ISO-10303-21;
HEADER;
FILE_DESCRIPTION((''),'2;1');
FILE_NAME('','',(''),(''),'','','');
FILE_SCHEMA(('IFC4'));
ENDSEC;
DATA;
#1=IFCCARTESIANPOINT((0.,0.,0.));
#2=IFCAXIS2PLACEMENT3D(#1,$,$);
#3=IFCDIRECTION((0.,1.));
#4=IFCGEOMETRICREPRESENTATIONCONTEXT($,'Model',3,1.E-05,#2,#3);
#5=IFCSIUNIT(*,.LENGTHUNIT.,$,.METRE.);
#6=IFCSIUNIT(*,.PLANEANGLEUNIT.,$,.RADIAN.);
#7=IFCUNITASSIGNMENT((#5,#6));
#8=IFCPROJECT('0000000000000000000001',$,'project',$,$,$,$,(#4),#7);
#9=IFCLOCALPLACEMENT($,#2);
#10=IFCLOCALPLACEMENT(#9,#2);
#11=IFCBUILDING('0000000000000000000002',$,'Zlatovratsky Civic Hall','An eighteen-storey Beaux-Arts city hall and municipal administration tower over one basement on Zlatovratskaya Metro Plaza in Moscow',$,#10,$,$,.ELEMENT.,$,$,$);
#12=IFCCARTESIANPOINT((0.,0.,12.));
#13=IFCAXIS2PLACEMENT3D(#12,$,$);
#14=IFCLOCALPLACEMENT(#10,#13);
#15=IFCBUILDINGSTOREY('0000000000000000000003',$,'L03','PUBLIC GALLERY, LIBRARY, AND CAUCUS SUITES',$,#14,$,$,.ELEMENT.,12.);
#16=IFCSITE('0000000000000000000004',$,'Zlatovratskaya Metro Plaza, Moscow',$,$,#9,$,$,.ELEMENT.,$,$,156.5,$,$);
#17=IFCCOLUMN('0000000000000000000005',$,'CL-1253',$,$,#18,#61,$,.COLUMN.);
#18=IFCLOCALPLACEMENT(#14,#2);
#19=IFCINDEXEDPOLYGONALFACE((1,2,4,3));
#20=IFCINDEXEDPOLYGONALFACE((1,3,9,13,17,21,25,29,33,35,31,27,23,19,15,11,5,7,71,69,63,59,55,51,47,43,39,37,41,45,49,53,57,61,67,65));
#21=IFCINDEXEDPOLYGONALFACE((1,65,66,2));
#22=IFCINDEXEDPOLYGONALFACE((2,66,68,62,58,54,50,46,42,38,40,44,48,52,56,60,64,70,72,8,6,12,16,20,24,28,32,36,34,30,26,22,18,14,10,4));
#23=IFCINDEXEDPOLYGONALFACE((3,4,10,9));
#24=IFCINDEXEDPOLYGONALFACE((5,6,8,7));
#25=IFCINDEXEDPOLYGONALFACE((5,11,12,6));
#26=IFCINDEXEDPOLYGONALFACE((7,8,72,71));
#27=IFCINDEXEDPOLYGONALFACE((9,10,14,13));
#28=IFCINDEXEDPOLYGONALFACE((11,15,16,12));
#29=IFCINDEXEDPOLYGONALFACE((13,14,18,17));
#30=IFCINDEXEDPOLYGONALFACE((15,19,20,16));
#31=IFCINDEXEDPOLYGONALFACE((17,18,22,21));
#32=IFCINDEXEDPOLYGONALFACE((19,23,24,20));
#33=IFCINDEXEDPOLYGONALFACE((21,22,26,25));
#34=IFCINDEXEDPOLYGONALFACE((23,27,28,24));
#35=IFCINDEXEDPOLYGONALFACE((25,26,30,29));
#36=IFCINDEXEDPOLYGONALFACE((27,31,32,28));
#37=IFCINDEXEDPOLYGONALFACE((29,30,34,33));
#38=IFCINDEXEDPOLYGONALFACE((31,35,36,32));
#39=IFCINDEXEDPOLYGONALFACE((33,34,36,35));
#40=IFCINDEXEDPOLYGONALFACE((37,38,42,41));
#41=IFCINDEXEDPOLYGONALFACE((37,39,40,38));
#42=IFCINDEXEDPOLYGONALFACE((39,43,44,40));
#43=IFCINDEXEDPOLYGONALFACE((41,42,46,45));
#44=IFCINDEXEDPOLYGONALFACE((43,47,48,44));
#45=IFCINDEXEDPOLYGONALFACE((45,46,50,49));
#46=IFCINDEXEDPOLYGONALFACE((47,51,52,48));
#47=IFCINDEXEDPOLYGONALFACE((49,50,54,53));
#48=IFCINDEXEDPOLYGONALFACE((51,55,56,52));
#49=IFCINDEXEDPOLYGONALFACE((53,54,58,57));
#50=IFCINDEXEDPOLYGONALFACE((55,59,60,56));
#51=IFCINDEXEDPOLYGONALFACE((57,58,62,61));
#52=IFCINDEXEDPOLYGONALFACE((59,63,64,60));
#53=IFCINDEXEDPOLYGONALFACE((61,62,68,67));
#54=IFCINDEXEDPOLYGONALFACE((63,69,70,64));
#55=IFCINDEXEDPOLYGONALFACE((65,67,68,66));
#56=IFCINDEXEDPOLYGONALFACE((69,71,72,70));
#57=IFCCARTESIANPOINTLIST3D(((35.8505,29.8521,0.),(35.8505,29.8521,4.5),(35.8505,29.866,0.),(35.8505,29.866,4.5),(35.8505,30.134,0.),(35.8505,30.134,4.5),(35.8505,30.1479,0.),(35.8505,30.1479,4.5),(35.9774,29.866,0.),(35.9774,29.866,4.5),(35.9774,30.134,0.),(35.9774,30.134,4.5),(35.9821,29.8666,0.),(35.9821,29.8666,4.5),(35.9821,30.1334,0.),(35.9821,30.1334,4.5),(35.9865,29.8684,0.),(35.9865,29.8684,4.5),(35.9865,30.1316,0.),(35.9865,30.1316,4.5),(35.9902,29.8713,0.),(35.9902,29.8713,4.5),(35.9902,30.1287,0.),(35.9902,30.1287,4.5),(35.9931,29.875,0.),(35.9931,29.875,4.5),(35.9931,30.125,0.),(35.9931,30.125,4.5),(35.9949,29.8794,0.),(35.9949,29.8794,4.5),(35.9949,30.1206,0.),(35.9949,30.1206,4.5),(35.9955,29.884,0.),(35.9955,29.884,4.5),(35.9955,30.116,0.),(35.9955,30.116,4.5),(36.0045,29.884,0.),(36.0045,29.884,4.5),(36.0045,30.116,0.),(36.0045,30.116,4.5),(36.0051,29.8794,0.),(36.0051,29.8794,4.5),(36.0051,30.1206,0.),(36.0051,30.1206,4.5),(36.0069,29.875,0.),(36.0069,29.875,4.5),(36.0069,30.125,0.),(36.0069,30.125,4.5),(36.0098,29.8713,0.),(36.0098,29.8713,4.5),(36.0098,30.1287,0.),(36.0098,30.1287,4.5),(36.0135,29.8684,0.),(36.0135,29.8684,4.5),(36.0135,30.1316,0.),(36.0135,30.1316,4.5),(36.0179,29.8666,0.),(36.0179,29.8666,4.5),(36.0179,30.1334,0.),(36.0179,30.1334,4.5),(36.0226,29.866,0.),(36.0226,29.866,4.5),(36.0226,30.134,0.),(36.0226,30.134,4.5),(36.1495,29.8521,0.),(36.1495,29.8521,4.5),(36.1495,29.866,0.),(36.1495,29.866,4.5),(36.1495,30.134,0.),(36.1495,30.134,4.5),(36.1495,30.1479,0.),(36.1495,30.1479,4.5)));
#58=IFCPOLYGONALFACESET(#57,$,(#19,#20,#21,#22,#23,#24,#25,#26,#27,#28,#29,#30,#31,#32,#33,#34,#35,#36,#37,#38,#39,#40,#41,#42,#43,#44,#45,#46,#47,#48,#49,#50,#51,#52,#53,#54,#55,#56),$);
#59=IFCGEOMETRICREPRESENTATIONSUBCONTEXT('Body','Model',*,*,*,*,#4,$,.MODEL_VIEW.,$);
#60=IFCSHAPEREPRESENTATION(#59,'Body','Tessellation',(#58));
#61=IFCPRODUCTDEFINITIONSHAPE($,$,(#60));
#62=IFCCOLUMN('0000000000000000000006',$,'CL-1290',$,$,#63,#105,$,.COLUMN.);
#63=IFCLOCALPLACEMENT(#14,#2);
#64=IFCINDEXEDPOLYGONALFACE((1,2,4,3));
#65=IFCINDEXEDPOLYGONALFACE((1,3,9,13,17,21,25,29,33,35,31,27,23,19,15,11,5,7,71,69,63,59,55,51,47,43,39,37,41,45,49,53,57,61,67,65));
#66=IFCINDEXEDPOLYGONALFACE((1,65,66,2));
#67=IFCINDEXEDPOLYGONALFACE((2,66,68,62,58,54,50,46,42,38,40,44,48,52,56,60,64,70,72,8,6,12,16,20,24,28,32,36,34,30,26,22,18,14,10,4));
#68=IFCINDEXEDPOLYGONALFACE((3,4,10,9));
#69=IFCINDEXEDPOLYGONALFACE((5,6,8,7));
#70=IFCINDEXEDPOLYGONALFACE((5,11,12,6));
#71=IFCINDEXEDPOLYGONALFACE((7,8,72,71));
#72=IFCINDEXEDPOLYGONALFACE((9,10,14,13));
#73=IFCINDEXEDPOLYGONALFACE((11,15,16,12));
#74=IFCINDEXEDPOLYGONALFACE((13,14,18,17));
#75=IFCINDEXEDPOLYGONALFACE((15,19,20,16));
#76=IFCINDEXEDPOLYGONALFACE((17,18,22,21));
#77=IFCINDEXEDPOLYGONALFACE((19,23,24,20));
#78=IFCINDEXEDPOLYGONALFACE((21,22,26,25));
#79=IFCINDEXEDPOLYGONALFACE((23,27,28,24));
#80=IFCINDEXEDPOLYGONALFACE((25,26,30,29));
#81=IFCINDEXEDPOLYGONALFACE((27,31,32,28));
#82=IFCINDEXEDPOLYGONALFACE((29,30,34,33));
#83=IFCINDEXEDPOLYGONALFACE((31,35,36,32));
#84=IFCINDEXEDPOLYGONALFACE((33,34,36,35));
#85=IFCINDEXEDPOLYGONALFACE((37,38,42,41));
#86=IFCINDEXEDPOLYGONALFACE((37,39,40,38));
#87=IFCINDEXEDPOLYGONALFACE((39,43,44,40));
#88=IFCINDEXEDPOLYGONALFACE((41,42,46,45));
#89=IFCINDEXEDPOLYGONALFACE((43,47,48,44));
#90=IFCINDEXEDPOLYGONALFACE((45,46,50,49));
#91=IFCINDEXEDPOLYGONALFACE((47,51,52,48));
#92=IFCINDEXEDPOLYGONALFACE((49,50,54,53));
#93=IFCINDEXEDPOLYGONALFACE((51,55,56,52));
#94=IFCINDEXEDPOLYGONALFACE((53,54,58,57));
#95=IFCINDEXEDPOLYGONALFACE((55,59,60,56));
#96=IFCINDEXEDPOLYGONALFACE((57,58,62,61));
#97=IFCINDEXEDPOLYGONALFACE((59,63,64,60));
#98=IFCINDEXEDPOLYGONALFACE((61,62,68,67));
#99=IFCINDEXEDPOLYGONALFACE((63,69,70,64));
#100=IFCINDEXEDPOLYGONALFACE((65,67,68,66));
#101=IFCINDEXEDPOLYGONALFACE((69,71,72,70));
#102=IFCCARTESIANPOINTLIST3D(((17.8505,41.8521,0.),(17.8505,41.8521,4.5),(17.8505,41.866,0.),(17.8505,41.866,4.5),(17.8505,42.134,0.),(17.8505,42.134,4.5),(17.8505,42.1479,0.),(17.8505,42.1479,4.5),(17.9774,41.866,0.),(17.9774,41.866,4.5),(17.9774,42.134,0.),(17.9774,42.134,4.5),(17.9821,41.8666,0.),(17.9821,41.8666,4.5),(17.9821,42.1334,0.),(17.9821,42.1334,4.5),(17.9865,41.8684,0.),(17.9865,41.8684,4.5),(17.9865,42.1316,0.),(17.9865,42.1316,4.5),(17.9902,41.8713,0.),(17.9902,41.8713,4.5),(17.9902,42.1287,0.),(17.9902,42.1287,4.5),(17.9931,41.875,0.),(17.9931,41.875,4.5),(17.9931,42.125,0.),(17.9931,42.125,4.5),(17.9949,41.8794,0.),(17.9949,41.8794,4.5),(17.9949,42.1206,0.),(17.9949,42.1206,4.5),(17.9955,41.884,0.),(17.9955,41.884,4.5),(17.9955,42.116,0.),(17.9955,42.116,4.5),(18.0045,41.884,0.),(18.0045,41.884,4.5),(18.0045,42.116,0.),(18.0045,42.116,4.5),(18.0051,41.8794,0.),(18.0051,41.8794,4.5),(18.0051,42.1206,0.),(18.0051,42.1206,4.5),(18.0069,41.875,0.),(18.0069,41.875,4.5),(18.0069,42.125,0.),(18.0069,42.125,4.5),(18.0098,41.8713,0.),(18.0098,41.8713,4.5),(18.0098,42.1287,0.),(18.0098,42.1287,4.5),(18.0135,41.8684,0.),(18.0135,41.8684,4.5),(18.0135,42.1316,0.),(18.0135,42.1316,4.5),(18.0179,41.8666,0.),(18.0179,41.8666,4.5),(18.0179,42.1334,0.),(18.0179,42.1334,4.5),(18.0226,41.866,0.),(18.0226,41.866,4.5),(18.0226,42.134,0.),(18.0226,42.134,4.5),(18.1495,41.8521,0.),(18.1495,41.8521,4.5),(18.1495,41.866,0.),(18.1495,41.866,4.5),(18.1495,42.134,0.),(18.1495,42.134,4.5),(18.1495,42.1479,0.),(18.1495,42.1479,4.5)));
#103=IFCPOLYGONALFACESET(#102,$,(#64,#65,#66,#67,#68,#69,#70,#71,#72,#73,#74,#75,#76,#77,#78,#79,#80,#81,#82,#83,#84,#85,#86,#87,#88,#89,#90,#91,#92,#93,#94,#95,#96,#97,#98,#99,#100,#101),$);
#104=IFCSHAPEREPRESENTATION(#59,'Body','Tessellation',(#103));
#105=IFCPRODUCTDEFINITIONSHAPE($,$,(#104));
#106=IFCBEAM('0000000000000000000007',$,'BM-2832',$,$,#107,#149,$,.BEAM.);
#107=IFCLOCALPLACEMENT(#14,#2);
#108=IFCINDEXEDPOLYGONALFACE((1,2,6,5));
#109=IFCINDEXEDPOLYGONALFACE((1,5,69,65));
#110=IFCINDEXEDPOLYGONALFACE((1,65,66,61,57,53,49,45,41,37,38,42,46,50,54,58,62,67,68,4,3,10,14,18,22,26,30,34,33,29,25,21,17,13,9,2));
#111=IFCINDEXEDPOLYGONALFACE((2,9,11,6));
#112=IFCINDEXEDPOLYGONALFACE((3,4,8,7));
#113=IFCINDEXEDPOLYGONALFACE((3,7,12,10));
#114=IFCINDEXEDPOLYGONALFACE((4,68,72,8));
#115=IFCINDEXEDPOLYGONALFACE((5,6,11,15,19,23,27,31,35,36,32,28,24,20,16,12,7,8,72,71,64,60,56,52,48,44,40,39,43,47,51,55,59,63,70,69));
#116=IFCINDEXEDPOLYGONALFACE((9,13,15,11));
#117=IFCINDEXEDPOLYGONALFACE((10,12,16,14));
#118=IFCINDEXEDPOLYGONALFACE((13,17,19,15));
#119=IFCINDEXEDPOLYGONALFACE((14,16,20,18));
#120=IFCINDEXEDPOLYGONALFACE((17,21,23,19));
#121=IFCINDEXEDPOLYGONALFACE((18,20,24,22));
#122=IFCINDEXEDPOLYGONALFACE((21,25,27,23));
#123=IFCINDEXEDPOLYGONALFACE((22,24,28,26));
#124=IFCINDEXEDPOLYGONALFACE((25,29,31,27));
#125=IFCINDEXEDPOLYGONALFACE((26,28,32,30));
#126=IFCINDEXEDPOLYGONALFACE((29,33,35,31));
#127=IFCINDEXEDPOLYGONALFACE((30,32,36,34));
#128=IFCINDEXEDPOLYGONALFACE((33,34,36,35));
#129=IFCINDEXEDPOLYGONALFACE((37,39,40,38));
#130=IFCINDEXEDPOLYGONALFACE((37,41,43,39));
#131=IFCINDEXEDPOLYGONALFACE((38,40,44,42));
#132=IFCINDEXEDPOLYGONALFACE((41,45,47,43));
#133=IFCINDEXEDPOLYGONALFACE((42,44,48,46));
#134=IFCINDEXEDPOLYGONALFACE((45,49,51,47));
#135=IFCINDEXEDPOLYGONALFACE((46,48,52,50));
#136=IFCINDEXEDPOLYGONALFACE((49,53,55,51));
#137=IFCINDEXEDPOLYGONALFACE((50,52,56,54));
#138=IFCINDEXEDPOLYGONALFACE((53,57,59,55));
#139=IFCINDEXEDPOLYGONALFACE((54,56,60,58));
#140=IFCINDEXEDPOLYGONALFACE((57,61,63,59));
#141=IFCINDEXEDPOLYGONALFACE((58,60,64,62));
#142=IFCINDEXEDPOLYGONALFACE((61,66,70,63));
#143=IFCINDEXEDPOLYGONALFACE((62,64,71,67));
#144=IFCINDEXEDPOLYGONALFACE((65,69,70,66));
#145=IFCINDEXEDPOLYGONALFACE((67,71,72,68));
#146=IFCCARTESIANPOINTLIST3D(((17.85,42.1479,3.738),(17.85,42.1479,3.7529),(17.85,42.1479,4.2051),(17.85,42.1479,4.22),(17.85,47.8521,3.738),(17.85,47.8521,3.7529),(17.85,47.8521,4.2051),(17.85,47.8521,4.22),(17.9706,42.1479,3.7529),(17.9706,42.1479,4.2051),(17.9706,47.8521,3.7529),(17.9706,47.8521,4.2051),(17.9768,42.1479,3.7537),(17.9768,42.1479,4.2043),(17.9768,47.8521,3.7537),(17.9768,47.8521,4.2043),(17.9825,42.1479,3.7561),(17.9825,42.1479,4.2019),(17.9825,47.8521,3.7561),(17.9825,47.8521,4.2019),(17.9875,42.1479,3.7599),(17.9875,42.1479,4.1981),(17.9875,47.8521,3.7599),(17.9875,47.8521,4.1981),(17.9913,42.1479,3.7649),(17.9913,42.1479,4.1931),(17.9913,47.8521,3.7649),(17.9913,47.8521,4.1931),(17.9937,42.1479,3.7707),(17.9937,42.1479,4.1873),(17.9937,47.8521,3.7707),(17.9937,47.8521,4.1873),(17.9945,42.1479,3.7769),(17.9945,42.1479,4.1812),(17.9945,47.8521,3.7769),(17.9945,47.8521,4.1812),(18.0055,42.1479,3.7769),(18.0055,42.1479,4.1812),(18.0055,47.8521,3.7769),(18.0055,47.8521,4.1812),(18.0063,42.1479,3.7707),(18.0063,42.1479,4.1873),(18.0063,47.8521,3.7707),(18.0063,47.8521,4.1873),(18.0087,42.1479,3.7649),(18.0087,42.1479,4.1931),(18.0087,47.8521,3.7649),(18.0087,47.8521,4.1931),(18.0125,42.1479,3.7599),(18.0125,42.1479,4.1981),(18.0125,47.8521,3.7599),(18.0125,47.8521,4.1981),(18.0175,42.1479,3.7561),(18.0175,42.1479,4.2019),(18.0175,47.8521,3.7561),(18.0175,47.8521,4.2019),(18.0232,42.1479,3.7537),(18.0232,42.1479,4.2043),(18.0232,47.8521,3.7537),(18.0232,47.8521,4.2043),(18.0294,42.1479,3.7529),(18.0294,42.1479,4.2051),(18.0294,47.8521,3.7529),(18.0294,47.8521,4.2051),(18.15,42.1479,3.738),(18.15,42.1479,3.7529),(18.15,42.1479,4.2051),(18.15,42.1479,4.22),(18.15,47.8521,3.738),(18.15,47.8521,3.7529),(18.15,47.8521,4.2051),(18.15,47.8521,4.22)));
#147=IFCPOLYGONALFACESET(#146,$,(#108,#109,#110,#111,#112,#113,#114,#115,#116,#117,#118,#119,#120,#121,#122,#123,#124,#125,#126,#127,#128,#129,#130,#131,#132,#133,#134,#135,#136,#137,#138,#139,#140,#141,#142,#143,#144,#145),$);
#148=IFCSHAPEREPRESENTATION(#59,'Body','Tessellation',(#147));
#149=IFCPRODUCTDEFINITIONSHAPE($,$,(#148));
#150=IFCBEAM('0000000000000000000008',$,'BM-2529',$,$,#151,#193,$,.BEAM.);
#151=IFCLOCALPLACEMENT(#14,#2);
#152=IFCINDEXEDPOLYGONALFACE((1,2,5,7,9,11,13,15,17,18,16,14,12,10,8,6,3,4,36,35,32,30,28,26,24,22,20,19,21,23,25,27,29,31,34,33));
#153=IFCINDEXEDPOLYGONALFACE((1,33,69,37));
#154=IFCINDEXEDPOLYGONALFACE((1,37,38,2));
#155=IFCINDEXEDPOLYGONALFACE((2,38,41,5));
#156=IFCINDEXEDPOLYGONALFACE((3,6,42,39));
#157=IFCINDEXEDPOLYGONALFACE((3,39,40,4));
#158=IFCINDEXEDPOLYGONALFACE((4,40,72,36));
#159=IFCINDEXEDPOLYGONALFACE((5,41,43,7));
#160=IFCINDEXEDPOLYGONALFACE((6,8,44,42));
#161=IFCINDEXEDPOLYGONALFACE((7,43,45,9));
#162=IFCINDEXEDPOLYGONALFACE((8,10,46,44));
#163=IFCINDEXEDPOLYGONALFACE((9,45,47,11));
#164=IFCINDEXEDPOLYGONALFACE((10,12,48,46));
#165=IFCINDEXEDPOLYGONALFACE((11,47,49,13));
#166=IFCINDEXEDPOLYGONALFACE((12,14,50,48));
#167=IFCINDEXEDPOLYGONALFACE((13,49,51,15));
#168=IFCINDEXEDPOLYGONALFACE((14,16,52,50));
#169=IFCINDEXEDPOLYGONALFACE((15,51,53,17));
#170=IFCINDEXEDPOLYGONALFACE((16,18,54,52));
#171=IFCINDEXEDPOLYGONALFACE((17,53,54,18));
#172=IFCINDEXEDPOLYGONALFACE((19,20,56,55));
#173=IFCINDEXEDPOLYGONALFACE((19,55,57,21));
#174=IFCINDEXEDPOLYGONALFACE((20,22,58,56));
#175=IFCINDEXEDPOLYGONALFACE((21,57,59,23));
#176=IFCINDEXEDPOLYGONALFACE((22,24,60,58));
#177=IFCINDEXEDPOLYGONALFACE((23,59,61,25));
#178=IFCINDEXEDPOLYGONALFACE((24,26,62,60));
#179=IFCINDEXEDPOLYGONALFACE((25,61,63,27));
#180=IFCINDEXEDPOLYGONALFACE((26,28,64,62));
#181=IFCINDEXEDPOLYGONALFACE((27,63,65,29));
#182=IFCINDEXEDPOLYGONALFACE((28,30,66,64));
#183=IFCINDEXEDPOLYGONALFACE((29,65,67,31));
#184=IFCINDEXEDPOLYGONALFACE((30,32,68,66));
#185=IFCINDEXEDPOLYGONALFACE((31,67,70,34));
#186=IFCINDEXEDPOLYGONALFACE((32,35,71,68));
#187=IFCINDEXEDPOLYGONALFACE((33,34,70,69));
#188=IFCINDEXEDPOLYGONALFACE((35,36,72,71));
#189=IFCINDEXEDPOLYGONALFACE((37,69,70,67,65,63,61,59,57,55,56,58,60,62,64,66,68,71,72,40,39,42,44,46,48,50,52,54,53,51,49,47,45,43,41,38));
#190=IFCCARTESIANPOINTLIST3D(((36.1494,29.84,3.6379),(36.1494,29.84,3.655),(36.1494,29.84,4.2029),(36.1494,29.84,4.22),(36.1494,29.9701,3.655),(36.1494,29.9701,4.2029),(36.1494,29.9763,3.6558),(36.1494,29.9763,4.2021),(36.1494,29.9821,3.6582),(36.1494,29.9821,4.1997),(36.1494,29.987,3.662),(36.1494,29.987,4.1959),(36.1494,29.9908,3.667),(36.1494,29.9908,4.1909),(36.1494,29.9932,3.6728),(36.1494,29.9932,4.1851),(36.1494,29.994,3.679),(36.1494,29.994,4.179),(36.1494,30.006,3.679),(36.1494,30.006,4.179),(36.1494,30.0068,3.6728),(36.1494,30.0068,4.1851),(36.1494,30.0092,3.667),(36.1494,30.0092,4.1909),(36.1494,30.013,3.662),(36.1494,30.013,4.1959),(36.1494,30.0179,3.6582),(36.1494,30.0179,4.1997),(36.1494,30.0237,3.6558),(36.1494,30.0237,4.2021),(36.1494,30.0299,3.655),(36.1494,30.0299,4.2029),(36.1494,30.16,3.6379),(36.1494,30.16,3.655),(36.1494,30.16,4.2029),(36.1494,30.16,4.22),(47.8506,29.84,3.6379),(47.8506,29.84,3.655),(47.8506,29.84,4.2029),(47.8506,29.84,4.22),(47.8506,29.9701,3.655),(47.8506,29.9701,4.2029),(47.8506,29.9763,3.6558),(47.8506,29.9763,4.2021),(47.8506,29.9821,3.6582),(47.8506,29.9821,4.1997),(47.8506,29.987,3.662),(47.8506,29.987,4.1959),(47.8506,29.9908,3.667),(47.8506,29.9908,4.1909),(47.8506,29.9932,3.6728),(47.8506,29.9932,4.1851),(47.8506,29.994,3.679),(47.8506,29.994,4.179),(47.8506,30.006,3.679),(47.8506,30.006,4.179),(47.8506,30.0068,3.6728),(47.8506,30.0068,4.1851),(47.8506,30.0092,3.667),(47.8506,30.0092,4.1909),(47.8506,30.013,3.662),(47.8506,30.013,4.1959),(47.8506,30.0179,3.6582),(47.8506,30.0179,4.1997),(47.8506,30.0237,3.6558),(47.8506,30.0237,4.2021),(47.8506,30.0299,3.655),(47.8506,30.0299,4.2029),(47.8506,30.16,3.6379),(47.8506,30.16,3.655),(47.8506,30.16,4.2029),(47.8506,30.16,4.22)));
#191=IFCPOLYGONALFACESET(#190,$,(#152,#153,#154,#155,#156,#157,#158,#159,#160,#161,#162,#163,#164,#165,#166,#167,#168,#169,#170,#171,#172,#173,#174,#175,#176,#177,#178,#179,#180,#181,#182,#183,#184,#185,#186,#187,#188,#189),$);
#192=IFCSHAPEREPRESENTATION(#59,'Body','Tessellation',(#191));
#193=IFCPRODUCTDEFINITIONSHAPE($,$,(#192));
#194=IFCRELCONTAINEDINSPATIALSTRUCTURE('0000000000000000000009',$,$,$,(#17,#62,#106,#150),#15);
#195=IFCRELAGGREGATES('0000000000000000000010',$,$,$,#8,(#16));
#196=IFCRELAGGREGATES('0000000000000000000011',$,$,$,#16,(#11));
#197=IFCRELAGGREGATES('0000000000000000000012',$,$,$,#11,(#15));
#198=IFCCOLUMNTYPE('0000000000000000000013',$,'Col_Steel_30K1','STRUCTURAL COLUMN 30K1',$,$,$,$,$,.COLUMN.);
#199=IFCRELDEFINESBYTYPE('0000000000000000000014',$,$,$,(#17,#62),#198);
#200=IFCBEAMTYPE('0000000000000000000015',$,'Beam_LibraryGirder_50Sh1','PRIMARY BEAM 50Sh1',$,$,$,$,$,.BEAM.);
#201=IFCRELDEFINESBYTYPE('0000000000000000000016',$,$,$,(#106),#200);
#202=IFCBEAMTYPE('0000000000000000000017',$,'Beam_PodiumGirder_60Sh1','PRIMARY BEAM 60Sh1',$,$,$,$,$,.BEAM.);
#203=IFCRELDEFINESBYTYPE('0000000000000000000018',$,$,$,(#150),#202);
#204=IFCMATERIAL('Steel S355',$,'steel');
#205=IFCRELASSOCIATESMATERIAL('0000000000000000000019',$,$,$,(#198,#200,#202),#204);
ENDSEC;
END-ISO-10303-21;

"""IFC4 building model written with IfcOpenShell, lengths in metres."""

from ifc_helpers import new_model, si_unit, direction, frame, origin, origin_2d, place, context, subcontext, project, spatial, i_section, extrude, material, material_profile, profile_set, type_object, element, save


model = new_model("IFC4")

# Units and contexts
model_context = context("Model", 3, precision=1e-05, world=origin(), true_north=direction((0.0, 1.0)))
body_context = subcontext(model_context, "Body", "Model", "MODEL_VIEW")
ifc_project = project(units=[si_unit("LENGTHUNIT", "METRE"), si_unit("PLANEANGLEUNIT", "RADIAN")], contexts=[model_context])

# Site, building, storey
site_placement = place(None, origin())
site = spatial("IfcSite", under=ifc_project, at=site_placement, Name="Zlatovratskaya Metro Plaza, Moscow", CompositionType="ELEMENT", RefElevation=156.5)
building_placement = place(site_placement, origin())
building = spatial("IfcBuilding", under=site, at=building_placement, Name="Zlatovratsky Civic Hall", Description="An eighteen-storey Beaux-Arts city hall and municipal administration tower over one basement on Zlatovratskaya Metro Plaza in Moscow", CompositionType="ELEMENT")
storey_placement = place(building_placement, frame((0.0, 0.0, 12.0)))
storey = spatial("IfcBuildingStorey", under=building, at=storey_placement, Name="L03", Description="PUBLIC GALLERY, LIBRARY, AND CAUCUS SUITES", CompositionType="ELEMENT", Elevation=12.0)

# Columns
ifc_material_1 = material(Name="Steel S355", Category="steel")
ifc_material_profile_1 = material_profile(ifc_material_1, i_section(OverallWidth=0.2991, OverallDepth=0.2959, WebThickness=0.009, FlangeThickness=0.0139, FilletRadius=0.0181, at=origin_2d()), Name="30K1")
ifc_profile_set_1 = profile_set([ifc_material_profile_1], Name="Steel S355")
column_type = type_object("IfcColumnType", Name="Col_Steel_30K1", Description="STRUCTURAL COLUMN 30K1", PredefinedType="COLUMN", material=ifc_profile_set_1)
for number, where, z_axis, x_axis, name in (
    (1, (36.0, 30.0, 0.0), (0.0, 0.0, 1.0), (1.0, 0.0, 0.0), "CL-1253"),
    (2, (18.0, 42.0, 0.0), (0.0, 0.0, 1.0), (1.0, 0.0, 0.0), "CL-1290"),
):
    element("IfcColumn", number, at=place(storey_placement, frame(where, z_axis=z_axis, x_axis=x_axis)), inside=storey, type_object=column_type, Name=name, PredefinedType="COLUMN", context=body_context, shape_type="SweptSolid", body=[
        extrude(i_section(OverallWidth=0.2991, OverallDepth=0.2959, WebThickness=0.009, FlangeThickness=0.0139, FilletRadius=0.0181, at=origin_2d()), origin(), (0.0, 0.0, 1.0), 4.5),
    ])

# Beams
ifc_material_profile_2 = material_profile(ifc_material_1, i_section(OverallWidth=0.3, OverallDepth=0.4819, WebThickness=0.011, FlangeThickness=0.0149, FilletRadius=0.0239, at=origin_2d()), Name="50Sh1")
ifc_profile_set_2 = profile_set([ifc_material_profile_2], Name="Steel S355")
beam_type_1 = type_object("IfcBeamType", Name="Beam_LibraryGirder_50Sh1", Description="PRIMARY BEAM 50Sh1", PredefinedType="BEAM", material=ifc_profile_set_2)
beam_1_placement = place(storey_placement, frame((18.0, 42.1479, 3.979), z_axis=(0.0, 1.0, 0.0), x_axis=(-1.0, 0.0, 0.0)))
element("IfcBeam", 3, at=beam_1_placement, inside=storey, type_object=beam_type_1, Name="BM-2832", PredefinedType="BEAM", context=body_context, shape_type="SweptSolid", body=[
    extrude(i_section(OverallWidth=0.3, OverallDepth=0.4819, WebThickness=0.011, FlangeThickness=0.0149, FilletRadius=0.0239, at=origin_2d()), origin(), (0.0, 0.0, 1.0), 5.7041),
])
ifc_material_profile_3 = material_profile(ifc_material_1, i_section(OverallWidth=0.3201, OverallDepth=0.582, WebThickness=0.012, FlangeThickness=0.0171, FilletRadius=0.0239, at=origin_2d()), Name="60Sh1")
ifc_profile_set_3 = profile_set([ifc_material_profile_3], Name="Steel S355")
beam_type_2 = type_object("IfcBeamType", Name="Beam_PodiumGirder_60Sh1", Description="PRIMARY BEAM 60Sh1", PredefinedType="BEAM", material=ifc_profile_set_3)
beam_2_placement = place(storey_placement, frame((36.1494, 30.0, 3.929), z_axis=(1.0, 0.0, 0.0), x_axis=(0.0, 1.0, 0.0)))
element("IfcBeam", 4, at=beam_2_placement, inside=storey, type_object=beam_type_2, Name="BM-2529", PredefinedType="BEAM", context=body_context, shape_type="SweptSolid", body=[
    extrude(i_section(OverallWidth=0.3201, OverallDepth=0.582, WebThickness=0.012, FlangeThickness=0.0171, FilletRadius=0.0239, at=origin_2d()), origin(), (0.0, 0.0, 1.0), 11.7012),
])

save(model, "model.ifc")
